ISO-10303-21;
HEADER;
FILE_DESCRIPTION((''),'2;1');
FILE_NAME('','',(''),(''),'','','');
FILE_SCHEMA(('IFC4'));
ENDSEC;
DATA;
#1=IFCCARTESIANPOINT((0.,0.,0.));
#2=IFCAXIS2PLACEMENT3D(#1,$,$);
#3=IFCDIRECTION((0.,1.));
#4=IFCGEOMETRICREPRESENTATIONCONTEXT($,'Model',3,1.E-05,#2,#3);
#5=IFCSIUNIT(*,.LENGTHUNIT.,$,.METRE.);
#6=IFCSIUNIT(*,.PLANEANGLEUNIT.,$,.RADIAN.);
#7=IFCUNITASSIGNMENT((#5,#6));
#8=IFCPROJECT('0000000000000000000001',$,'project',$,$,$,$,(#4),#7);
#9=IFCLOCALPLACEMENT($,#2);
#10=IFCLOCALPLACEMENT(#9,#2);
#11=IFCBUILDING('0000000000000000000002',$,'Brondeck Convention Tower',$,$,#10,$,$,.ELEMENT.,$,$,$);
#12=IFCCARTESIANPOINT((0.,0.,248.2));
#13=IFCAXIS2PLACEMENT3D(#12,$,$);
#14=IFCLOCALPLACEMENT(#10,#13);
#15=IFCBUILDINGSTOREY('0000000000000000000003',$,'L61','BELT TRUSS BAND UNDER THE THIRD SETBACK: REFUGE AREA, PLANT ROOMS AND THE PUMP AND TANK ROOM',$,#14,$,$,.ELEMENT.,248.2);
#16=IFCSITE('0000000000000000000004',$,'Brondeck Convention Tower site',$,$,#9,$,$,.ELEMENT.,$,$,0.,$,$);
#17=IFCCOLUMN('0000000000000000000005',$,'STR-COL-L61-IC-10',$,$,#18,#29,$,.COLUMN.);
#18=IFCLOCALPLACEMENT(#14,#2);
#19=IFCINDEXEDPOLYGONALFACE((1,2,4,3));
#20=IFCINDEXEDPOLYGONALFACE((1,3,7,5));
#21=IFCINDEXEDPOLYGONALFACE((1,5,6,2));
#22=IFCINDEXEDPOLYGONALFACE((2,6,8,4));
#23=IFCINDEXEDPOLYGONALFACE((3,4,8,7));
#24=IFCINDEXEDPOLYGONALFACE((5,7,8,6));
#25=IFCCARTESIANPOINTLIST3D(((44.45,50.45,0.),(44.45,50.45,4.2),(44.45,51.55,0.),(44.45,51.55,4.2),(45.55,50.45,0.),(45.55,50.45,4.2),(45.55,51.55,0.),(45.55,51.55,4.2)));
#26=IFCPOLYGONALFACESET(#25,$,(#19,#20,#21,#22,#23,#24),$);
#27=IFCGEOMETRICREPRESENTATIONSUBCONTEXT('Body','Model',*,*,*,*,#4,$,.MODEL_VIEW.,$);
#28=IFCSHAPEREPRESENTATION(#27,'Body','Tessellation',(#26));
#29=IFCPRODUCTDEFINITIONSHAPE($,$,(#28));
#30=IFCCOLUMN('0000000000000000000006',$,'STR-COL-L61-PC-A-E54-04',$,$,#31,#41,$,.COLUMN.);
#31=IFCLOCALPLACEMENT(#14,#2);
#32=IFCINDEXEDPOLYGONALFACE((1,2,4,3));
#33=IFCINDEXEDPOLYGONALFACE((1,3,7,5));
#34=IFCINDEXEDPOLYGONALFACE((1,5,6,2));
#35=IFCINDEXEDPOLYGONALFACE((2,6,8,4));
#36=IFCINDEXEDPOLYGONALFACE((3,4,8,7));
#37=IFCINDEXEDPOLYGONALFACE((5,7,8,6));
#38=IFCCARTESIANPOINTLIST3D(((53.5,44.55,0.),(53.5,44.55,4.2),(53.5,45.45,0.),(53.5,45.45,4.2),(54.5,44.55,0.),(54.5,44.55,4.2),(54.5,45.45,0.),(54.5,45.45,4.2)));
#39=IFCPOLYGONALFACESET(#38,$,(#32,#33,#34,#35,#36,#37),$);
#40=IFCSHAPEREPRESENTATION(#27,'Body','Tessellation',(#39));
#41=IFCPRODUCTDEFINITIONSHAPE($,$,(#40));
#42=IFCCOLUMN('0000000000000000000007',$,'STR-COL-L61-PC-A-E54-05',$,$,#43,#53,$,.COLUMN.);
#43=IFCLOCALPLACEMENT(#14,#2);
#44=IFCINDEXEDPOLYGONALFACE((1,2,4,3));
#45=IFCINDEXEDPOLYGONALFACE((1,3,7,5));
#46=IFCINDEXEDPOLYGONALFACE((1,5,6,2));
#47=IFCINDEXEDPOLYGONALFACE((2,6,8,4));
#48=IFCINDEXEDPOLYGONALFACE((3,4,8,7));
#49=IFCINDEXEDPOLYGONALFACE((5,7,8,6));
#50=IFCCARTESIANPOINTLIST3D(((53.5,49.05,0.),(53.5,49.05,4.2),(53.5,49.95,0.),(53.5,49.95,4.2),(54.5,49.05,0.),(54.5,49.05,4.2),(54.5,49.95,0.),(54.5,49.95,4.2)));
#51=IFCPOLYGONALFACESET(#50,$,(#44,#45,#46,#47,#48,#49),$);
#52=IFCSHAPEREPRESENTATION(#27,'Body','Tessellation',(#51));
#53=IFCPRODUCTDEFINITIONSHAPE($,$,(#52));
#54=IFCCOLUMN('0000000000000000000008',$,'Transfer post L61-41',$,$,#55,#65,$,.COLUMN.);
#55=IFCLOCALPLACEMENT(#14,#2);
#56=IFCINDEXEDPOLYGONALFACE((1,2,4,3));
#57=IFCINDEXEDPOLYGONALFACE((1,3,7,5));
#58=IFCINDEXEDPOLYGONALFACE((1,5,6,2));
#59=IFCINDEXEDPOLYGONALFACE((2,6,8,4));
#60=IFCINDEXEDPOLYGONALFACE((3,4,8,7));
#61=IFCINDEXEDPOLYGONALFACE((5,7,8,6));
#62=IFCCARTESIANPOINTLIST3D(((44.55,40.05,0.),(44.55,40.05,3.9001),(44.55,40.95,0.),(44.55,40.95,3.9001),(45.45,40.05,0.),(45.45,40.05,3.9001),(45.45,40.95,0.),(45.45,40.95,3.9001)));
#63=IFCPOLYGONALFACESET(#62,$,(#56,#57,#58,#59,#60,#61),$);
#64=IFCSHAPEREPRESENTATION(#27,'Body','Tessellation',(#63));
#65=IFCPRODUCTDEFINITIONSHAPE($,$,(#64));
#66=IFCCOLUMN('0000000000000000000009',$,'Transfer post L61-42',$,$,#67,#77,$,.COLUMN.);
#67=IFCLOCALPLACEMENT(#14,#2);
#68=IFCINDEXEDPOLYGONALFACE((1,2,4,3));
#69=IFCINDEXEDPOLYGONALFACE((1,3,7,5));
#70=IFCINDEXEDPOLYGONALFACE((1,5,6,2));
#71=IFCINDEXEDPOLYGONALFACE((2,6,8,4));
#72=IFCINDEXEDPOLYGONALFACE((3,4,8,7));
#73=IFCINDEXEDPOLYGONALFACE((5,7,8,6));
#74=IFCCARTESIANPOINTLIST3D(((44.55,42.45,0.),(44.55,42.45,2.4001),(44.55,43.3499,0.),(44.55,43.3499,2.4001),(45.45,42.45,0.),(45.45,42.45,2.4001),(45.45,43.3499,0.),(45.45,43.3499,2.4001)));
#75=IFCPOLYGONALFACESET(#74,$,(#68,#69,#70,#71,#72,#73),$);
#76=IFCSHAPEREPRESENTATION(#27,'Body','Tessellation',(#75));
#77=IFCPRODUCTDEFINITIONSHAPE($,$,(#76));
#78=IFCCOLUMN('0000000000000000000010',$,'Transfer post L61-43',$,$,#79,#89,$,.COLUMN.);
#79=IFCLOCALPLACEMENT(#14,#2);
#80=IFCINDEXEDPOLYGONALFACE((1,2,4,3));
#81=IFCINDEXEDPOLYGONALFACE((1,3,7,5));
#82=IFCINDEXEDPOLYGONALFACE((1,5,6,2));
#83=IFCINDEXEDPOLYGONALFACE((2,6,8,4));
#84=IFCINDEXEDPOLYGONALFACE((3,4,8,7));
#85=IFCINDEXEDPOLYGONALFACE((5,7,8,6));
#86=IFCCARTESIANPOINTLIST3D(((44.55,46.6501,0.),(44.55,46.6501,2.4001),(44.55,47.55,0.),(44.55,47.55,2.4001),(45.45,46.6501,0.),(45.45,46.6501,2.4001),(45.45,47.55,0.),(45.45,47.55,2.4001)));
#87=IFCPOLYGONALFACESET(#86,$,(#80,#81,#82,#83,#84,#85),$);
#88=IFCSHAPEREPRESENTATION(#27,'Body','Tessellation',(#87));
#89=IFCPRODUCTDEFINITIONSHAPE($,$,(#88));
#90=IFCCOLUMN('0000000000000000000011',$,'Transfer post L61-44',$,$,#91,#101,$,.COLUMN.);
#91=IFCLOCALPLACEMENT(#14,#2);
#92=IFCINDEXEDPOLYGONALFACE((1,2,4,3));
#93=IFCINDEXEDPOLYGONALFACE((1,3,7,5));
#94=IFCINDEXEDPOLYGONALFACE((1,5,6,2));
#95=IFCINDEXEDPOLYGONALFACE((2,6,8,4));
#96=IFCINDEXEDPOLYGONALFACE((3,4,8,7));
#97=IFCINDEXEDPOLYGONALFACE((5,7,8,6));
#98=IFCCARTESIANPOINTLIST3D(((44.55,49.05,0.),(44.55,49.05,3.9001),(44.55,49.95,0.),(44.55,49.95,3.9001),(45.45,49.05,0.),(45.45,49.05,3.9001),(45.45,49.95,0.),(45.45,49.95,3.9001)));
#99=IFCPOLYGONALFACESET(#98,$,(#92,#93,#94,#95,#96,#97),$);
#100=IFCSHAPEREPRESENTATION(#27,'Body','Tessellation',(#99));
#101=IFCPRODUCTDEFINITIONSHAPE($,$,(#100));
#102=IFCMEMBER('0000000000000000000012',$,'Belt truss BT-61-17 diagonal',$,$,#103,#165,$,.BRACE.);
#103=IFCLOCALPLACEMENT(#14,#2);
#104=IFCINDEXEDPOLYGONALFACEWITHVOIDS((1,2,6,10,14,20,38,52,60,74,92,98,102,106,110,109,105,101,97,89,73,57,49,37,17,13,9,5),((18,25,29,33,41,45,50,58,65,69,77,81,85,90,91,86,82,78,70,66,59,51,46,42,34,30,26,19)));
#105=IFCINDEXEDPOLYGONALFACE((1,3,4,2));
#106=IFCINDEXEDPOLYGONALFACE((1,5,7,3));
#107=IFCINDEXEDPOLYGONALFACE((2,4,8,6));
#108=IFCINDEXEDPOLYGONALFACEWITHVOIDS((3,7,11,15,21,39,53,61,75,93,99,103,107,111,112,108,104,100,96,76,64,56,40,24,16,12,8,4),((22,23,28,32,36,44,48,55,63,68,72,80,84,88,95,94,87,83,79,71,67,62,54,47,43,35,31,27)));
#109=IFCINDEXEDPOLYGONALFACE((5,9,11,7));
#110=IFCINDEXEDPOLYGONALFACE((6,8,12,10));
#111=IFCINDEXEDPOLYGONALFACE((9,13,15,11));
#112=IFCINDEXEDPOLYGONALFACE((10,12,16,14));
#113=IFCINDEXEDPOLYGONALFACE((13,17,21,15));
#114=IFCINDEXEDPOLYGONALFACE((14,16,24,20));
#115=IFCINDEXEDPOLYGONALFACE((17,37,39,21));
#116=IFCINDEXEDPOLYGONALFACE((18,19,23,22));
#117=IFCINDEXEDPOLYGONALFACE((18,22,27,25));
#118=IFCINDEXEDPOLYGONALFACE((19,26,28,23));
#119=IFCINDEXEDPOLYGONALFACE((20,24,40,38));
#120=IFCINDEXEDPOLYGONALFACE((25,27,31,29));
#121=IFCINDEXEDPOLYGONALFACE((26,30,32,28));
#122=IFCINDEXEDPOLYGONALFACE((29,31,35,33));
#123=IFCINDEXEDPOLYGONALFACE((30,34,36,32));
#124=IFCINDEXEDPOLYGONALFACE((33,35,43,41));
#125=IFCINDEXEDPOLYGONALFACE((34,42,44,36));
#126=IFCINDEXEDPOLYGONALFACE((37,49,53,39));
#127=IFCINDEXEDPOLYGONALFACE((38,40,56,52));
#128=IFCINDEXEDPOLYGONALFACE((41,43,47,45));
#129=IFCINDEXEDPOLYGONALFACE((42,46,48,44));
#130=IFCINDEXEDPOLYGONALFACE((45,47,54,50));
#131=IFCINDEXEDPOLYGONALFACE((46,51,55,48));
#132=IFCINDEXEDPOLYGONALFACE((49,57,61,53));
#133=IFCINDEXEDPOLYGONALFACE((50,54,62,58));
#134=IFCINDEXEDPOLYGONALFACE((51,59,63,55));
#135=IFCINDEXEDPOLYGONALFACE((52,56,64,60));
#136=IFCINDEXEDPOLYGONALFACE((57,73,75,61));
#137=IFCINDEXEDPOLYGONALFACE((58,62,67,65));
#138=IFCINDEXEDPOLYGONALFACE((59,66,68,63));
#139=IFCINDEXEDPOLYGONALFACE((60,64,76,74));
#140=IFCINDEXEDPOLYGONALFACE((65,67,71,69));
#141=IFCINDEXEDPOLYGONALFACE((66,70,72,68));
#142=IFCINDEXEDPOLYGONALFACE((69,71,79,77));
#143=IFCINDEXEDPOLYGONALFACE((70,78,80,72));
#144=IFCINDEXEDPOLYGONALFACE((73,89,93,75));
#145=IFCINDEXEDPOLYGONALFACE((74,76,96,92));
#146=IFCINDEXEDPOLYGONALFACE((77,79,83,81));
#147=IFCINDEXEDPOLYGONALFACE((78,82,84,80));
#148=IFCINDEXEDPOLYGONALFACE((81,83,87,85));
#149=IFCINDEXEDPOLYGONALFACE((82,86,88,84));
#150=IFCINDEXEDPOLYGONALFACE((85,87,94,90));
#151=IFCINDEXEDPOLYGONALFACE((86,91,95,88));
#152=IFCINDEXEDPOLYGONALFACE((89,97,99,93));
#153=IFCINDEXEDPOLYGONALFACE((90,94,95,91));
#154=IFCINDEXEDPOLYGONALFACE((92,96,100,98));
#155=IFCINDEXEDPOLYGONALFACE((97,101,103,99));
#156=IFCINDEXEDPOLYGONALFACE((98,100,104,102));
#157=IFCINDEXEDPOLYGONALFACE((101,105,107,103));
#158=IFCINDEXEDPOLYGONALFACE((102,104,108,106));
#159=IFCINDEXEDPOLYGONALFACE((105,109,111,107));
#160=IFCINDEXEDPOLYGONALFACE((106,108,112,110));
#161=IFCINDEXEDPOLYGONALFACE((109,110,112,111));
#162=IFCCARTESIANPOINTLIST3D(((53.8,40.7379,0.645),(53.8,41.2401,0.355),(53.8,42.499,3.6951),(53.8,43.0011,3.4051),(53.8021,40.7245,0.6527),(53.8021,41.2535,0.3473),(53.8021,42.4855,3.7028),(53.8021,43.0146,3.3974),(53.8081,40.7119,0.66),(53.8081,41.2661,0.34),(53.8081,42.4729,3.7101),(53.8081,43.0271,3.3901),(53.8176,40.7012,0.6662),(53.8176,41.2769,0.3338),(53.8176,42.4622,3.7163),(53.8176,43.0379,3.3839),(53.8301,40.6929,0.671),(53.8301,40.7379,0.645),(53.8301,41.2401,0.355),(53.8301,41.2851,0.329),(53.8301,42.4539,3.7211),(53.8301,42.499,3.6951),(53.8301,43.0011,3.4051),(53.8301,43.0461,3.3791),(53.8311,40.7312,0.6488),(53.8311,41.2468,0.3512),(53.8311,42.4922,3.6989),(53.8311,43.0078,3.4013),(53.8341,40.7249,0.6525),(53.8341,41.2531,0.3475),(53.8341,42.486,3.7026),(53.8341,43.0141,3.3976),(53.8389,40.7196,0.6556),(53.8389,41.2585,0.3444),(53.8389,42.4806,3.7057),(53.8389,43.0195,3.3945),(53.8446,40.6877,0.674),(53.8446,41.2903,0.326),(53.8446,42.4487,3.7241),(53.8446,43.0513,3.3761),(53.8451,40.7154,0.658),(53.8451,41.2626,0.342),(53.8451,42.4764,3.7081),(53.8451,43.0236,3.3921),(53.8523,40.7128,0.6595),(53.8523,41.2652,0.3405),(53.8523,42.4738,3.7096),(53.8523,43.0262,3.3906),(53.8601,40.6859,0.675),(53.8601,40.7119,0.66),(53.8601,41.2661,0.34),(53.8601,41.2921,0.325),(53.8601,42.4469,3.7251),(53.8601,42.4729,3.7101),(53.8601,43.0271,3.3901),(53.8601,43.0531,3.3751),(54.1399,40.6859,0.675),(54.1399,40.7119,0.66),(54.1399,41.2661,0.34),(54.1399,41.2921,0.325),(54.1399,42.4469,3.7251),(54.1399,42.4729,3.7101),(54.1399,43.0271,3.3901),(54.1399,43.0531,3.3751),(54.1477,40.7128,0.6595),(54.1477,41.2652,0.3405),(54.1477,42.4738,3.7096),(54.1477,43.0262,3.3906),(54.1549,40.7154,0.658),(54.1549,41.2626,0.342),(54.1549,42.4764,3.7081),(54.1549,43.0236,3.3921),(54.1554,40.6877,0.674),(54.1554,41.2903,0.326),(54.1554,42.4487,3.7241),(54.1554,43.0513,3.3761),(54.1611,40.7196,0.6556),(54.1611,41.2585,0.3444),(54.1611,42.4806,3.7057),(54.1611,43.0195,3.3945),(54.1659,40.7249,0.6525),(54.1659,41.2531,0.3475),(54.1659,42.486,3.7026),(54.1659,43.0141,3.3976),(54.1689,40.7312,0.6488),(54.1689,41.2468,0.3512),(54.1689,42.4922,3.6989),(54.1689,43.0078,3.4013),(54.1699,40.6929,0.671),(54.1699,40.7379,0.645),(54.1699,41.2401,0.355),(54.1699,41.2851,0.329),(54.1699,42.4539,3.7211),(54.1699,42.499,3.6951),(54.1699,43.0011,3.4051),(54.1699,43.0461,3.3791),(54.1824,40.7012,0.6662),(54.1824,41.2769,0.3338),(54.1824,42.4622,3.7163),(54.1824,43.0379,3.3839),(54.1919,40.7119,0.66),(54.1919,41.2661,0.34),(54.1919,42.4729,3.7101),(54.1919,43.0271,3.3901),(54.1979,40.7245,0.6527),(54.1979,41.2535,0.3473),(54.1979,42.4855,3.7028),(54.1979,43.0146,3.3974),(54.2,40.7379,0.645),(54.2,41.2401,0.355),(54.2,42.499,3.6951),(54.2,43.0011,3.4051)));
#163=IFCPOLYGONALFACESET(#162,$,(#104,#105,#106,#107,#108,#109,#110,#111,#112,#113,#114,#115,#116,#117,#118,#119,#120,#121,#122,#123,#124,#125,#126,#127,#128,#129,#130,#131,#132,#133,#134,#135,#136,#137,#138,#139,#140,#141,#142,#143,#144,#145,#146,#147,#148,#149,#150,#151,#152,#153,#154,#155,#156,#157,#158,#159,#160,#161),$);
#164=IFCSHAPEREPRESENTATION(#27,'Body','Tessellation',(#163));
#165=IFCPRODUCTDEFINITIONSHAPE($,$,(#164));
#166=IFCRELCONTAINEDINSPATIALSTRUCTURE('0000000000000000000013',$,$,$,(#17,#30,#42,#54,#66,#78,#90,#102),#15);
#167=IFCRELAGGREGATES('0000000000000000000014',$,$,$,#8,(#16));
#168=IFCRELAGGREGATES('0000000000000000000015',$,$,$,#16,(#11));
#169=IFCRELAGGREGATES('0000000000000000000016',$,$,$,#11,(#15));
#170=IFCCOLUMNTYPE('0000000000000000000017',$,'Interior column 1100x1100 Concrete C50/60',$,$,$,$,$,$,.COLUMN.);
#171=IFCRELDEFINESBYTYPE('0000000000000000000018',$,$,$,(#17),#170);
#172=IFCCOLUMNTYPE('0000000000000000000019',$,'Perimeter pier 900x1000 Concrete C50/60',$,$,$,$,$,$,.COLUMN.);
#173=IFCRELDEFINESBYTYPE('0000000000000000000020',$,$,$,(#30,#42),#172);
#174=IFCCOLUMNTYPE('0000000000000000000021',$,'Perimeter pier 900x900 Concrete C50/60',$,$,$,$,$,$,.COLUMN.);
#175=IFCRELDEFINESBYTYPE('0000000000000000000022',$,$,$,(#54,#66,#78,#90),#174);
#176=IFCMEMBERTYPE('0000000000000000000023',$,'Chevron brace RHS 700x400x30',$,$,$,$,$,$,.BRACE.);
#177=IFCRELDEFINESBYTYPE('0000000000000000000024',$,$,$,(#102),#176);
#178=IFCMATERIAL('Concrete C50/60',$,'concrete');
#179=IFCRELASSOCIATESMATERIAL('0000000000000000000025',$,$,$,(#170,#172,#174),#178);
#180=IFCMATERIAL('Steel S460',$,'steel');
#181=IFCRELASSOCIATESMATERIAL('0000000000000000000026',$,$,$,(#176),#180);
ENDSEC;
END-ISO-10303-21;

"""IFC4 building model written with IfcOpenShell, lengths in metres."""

from ifc_helpers import new_model, si_unit, direction, frame, origin, origin_2d, place, context, subcontext, project, spatial, rectangle, hollow_rectangle, extrude, material, material_profile, profile_set, type_object, element, save


model = new_model("IFC4")

# Units and contexts
model_context = context("Model", 3, precision=1e-05, world=origin(), true_north=direction((0.0, 1.0)))
body_context = subcontext(model_context, "Body", "Model", "MODEL_VIEW")
ifc_project = project(units=[si_unit("LENGTHUNIT", "METRE"), si_unit("PLANEANGLEUNIT", "RADIAN")], contexts=[model_context])

# Site, building, storey
site_placement = place(None, origin())
site = spatial("IfcSite", under=ifc_project, at=site_placement, Name="Brondeck Convention Tower site", CompositionType="ELEMENT", RefElevation=0.0)
building_placement = place(site_placement, origin())
building = spatial("IfcBuilding", under=site, at=building_placement, Name="Brondeck Convention Tower", CompositionType="ELEMENT")
storey_placement = place(building_placement, frame((0.0, 0.0, 248.2)))
storey = spatial("IfcBuildingStorey", under=building, at=storey_placement, Name="L61", Description="BELT TRUSS BAND UNDER THE THIRD SETBACK: REFUGE AREA, PLANT ROOMS AND THE PUMP AND TANK ROOM", CompositionType="ELEMENT", Elevation=248.2)

# Columns
ifc_material_1 = material(Name="Concrete C50/60", Category="concrete")
ifc_material_profile_1 = material_profile(ifc_material_1, rectangle(XDim=1.1001, YDim=1.1001, at=origin_2d()), Name="Interior column 1100x1100 Concrete C50/60")
ifc_profile_set_1 = profile_set([ifc_material_profile_1], Name="Concrete C50/60")
column_type_1 = type_object("IfcColumnType", Name="Interior column 1100x1100 Concrete C50/60", PredefinedType="COLUMN", material=ifc_profile_set_1)
column_1_placement = place(storey_placement, frame((45.0, 51.0, 0.0), z_axis=(0.0, 0.0, 1.0), x_axis=(1.0, 0.0, 0.0)))
element("IfcColumn", 1, at=column_1_placement, inside=storey, type_object=column_type_1, Name="STR-COL-L61-IC-10", PredefinedType="COLUMN", context=body_context, shape_type="SweptSolid", body=[
    extrude(rectangle(XDim=1.1001, YDim=1.1001, at=origin_2d()), origin(), (0.0, 0.0, 1.0), 4.2),
])
ifc_material_profile_2 = material_profile(ifc_material_1, rectangle(XDim=0.8999, YDim=1.0, at=origin_2d()), Name="Perimeter pier 900x1000 Concrete C50/60")
ifc_profile_set_2 = profile_set([ifc_material_profile_2], Name="Concrete C50/60")
column_type_2 = type_object("IfcColumnType", Name="Perimeter pier 900x1000 Concrete C50/60", PredefinedType="COLUMN", material=ifc_profile_set_2)
for number, where, z_axis, x_axis, name in (
    (2, (54.0, 45.0, 0.0), (0.0, 0.0, 1.0), (0.0, 1.0, 0.0), "STR-COL-L61-PC-A-E54-04"),
    (3, (54.0, 49.5, 0.0), (0.0, 0.0, 1.0), (0.0, 1.0, 0.0), "STR-COL-L61-PC-A-E54-05"),
):
    element("IfcColumn", number, at=place(storey_placement, frame(where, z_axis=z_axis, x_axis=x_axis)), inside=storey, type_object=column_type_2, Name=name, PredefinedType="COLUMN", context=body_context, shape_type="SweptSolid", body=[
        extrude(rectangle(XDim=0.8999, YDim=1.0, at=origin_2d()), origin(), (0.0, 0.0, 1.0), 4.2),
    ])
ifc_material_profile_3 = material_profile(ifc_material_1, rectangle(XDim=0.8999, YDim=0.8999, at=origin_2d()), Name="Perimeter pier 900x900 Concrete C50/60")
ifc_profile_set_3 = profile_set([ifc_material_profile_3], Name="Concrete C50/60")
column_type_3 = type_object("IfcColumnType", Name="Perimeter pier 900x900 Concrete C50/60", PredefinedType="COLUMN", material=ifc_profile_set_3)
column_2_placement = place(storey_placement, frame((45.0, 40.5, 0.0), z_axis=(0.0, 0.0, 1.0), x_axis=(0.0, 1.0, 0.0)))
element("IfcColumn", 4, at=column_2_placement, inside=storey, type_object=column_type_3, Name="Transfer post L61-41", PredefinedType="COLUMN", context=body_context, shape_type="SweptSolid", body=[
    extrude(rectangle(XDim=0.8999, YDim=0.8999, at=origin_2d()), origin(), (0.0, 0.0, 1.0), 3.9001),
])
for number, where, z_axis, x_axis, name in (
    (5, (45.0, 42.8999, 0.0), (0.0, 0.0, 1.0), (1.0, 0.0, 0.0), "Transfer post L61-42"),
    (6, (45.0, 47.1001, 0.0), (0.0, 0.0, 1.0), (1.0, 0.0, 0.0), "Transfer post L61-43"),
):
    element("IfcColumn", number, at=place(storey_placement, frame(where, z_axis=z_axis, x_axis=x_axis)), inside=storey, type_object=column_type_3, Name=name, PredefinedType="COLUMN", context=body_context, shape_type="SweptSolid", body=[
        extrude(rectangle(XDim=0.8999, YDim=0.8999, at=origin_2d()), origin(), (0.0, 0.0, 1.0), 2.4001),
    ])
column_3_placement = place(storey_placement, frame((45.0, 49.5, 0.0), z_axis=(0.0, 0.0, 1.0), x_axis=(0.0, 1.0, 0.0)))
element("IfcColumn", 7, at=column_3_placement, inside=storey, type_object=column_type_3, Name="Transfer post L61-44", PredefinedType="COLUMN", context=body_context, shape_type="SweptSolid", body=[
    extrude(rectangle(XDim=0.8999, YDim=0.8999, at=origin_2d()), origin(), (0.0, 0.0, 1.0), 3.9001),
])

# Member
ifc_material_2 = material(Name="Steel S460", Category="steel")
ifc_material_profile_4 = material_profile(ifc_material_2, hollow_rectangle(XDim=0.3999, YDim=0.7, WallThickness=0.03, InnerFilletRadius=0.03, OuterFilletRadius=0.0601, at=origin_2d()), Name="RHS 700x400x30")
ifc_profile_set_4 = profile_set([ifc_material_profile_4], Name="Steel S460")
member_type = type_object("IfcMemberType", Name="Chevron brace RHS 700x400x30", PredefinedType="BRACE", material=ifc_profile_set_4)
for number, where, z_axis, x_axis, name in (
    (8, (54.0, 40.989, 0.5), (0.0, 0.500008, 0.866021), (-1.0, 0.0, 0.0), "Belt truss BT-61-17 diagonal"),
):
    element("IfcMember", number, at=place(storey_placement, frame(where, z_axis=z_axis, x_axis=x_axis)), inside=storey, type_object=member_type, Name=name, PredefinedType="BRACE", context=body_context, shape_type="SweptSolid", body=[
        extrude(hollow_rectangle(XDim=0.3999, YDim=0.7, WallThickness=0.03, InnerFilletRadius=0.03, OuterFilletRadius=0.0601, at=origin_2d()), origin(), (0.0, 0.0, 1.0), 3.522),
    ])

save(model, "model.ifc")
